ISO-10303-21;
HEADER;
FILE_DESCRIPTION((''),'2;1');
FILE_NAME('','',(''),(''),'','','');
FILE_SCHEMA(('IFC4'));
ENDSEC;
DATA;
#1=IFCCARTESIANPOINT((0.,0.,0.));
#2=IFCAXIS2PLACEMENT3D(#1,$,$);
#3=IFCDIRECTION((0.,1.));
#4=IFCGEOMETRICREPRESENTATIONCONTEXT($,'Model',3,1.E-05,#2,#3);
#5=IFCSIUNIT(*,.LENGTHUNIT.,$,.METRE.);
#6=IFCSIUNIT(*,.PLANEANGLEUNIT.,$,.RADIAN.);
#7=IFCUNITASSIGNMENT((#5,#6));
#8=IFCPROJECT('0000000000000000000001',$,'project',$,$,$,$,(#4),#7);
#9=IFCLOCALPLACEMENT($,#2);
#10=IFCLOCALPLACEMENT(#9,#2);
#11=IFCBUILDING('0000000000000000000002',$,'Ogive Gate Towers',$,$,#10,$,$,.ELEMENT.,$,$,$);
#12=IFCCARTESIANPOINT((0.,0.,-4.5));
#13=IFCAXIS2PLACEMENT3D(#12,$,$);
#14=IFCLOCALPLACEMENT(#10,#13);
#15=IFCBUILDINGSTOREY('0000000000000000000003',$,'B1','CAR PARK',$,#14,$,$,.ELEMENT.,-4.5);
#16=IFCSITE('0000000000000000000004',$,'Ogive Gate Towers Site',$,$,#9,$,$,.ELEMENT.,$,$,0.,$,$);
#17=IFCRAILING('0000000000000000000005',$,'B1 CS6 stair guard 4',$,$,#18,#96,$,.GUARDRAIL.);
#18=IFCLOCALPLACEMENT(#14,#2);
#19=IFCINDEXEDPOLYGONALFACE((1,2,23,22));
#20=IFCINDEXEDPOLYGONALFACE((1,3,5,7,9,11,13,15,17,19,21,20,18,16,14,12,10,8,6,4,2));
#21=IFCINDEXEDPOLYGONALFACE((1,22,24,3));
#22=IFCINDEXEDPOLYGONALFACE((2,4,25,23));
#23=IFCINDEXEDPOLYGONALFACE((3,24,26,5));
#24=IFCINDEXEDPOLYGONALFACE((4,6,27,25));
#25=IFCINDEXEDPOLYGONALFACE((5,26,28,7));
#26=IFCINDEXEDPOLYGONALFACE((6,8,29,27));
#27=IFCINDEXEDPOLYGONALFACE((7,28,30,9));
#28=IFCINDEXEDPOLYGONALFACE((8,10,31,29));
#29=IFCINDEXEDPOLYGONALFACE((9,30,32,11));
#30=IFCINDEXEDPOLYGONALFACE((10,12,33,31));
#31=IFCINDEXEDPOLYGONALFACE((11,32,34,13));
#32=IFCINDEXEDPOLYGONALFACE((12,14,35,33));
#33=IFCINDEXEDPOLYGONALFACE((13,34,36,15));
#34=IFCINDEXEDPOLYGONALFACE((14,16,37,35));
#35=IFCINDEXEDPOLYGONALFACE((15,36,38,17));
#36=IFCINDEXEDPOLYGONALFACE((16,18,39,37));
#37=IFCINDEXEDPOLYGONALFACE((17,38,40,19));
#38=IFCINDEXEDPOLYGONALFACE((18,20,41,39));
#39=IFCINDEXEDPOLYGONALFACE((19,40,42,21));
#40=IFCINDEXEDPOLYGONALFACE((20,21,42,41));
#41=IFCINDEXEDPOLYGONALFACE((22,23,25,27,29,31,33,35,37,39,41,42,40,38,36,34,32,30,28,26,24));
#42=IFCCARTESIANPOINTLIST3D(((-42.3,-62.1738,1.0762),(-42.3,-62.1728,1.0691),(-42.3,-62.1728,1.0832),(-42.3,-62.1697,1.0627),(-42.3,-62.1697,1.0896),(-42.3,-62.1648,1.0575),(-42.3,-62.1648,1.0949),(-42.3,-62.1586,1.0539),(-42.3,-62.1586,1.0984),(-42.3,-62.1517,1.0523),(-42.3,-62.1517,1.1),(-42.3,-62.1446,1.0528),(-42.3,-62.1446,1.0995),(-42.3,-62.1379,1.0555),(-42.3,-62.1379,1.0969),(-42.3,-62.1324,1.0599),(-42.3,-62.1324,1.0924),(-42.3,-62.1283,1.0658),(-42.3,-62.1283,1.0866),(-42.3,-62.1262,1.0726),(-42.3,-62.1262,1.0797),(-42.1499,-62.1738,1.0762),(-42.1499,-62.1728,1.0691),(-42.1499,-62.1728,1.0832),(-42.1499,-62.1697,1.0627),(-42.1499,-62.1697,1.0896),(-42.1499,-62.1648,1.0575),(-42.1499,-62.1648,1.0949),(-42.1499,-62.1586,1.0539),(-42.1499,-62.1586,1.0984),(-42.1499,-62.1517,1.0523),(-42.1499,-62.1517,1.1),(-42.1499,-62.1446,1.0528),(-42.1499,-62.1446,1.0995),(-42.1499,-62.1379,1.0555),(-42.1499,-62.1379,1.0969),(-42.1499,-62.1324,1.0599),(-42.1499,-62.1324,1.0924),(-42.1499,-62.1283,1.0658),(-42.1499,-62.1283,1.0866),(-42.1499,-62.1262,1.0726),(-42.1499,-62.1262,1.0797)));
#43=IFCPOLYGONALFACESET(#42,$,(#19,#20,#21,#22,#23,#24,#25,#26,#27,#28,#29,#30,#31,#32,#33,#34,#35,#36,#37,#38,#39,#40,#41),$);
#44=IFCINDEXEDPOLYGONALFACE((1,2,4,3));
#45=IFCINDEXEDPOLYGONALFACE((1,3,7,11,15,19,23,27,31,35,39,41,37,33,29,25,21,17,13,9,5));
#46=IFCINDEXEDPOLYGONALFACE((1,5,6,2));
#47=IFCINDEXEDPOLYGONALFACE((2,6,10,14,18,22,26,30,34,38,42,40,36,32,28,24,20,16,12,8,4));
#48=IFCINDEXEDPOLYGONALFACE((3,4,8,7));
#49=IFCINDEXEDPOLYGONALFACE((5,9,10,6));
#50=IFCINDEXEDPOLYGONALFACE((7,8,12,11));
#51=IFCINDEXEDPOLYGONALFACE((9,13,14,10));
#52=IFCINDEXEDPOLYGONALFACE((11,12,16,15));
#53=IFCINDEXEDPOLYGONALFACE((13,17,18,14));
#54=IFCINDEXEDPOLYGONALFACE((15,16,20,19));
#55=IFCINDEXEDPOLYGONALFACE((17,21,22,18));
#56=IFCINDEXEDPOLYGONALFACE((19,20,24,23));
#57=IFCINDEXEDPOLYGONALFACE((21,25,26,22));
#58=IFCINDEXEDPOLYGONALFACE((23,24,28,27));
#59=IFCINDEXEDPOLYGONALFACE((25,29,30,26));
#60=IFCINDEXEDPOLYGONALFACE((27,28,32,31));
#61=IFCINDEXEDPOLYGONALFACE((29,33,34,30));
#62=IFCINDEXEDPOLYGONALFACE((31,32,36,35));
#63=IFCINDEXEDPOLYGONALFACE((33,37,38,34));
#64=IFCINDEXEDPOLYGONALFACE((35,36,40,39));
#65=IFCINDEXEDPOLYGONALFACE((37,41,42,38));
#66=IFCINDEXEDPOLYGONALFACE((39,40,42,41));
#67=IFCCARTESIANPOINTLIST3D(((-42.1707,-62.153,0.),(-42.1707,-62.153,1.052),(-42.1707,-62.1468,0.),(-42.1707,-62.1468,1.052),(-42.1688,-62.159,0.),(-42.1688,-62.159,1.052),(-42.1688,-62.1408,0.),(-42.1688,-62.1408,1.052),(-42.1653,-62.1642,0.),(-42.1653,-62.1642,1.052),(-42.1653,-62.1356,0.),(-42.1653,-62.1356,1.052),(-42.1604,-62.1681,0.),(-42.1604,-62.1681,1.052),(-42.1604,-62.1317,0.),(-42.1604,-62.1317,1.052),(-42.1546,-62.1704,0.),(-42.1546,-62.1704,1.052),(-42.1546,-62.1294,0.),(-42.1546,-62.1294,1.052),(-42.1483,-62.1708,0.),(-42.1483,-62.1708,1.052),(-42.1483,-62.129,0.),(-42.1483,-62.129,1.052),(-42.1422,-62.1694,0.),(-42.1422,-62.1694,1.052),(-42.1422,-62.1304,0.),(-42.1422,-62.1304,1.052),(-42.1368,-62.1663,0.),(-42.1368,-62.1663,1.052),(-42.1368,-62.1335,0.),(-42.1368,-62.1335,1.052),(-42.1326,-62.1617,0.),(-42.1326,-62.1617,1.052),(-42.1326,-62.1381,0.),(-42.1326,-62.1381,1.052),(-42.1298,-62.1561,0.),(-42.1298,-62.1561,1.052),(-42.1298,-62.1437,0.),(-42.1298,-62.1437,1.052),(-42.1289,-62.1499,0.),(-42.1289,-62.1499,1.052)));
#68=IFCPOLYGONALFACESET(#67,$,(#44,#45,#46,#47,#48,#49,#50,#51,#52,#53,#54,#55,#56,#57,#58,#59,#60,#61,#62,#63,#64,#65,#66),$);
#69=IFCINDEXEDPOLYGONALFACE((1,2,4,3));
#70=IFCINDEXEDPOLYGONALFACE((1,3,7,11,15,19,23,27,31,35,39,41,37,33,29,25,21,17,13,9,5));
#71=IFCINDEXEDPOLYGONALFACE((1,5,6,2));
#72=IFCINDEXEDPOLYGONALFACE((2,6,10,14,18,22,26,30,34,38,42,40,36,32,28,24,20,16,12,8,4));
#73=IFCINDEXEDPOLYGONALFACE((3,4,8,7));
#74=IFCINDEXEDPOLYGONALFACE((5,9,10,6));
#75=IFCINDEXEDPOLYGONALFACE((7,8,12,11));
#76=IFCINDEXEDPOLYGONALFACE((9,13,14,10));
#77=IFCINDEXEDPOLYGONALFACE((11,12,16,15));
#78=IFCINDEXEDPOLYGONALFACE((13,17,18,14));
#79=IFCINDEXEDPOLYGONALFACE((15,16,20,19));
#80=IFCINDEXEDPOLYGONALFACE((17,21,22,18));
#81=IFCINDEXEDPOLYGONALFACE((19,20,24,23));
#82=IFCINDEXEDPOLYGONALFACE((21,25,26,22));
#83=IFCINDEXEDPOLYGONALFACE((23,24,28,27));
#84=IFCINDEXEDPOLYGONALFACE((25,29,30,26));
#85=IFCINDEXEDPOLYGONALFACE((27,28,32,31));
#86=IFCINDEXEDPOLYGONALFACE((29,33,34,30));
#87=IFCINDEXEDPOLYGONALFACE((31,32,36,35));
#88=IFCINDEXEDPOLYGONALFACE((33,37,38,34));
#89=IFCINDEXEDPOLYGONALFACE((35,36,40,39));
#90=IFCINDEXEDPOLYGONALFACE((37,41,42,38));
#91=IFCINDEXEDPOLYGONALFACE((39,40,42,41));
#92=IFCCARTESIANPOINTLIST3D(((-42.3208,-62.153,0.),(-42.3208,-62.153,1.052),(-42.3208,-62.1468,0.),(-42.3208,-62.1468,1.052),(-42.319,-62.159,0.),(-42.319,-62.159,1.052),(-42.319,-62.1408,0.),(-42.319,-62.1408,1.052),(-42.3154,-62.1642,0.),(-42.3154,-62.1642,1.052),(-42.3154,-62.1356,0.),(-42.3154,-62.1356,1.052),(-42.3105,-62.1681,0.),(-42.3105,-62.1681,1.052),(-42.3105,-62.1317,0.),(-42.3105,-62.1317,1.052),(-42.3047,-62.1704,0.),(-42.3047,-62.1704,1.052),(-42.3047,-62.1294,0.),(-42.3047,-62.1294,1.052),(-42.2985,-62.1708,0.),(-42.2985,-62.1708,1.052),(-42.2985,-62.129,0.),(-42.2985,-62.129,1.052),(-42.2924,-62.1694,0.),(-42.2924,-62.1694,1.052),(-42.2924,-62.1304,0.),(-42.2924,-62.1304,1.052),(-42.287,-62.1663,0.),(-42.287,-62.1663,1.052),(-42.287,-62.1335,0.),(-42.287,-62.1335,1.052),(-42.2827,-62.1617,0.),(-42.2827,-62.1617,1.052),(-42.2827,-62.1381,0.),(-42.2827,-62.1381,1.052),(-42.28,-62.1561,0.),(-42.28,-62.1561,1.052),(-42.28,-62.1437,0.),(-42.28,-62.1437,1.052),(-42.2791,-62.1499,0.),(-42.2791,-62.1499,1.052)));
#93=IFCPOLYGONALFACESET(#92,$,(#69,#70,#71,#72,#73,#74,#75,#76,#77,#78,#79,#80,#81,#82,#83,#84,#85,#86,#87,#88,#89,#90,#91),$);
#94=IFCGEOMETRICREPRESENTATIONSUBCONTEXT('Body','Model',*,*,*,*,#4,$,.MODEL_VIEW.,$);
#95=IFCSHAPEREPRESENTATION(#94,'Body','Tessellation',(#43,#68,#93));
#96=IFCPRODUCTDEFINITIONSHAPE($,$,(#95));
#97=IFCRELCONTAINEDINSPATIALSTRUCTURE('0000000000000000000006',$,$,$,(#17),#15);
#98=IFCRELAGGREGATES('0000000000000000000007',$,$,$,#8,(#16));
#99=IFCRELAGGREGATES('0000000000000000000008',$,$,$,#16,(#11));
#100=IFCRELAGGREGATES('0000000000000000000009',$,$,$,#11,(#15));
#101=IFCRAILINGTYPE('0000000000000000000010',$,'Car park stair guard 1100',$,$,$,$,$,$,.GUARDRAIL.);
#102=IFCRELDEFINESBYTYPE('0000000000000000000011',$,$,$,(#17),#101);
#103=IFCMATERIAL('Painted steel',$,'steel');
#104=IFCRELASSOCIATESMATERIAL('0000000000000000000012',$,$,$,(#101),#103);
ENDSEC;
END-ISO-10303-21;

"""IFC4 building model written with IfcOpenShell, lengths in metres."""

from ifc_helpers import new_model, si_unit, direction, frame, origin, origin_2d, place, context, subcontext, project, spatial, circle, extrude, material, type_object, element, save


model = new_model("IFC4")

# Units and contexts
model_context = context("Model", 3, precision=1e-05, world=origin(), true_north=direction((0.0, 1.0)))
body_context = subcontext(model_context, "Body", "Model", "MODEL_VIEW")
ifc_project = project(units=[si_unit("LENGTHUNIT", "METRE"), si_unit("PLANEANGLEUNIT", "RADIAN")], contexts=[model_context])

# Site, building, storey
site_placement = place(None, origin())
site = spatial("IfcSite", under=ifc_project, at=site_placement, Name="Ogive Gate Towers Site", CompositionType="ELEMENT", RefElevation=0.0)
building_placement = place(site_placement, origin())
building = spatial("IfcBuilding", under=site, at=building_placement, Name="Ogive Gate Towers", CompositionType="ELEMENT")
storey_placement = place(building_placement, frame((0.0, 0.0, -4.5)))
storey = spatial("IfcBuildingStorey", under=building, at=storey_placement, Name="B1", Description="CAR PARK", CompositionType="ELEMENT", Elevation=-4.5)

# Railing
ifc_material_1 = material(Name="Painted steel", Category="steel")
railing_type_1 = type_object("IfcRailingType", Name="Car park stair guard 1100", PredefinedType="GUARDRAIL", material=ifc_material_1)
railing_1_placement = place(storey_placement, frame((-42.1499, -62.1499, 0.0)))
element("IfcRailing", 1, at=railing_1_placement, inside=storey, type_object=railing_type_1, Name="B1 CS6 stair guard 4", PredefinedType="GUARDRAIL", context=body_context, shape_type="SweptSolid", body=[
    extrude(circle(Radius=0.0239, at=origin_2d()), frame((0.0, 0.0, 1.0762), z_axis=(-1.0, 0.0, 0.0), x_axis=(0.0, -1.0, 0.0)), (0.0, 0.0, 1.0), 0.1501),
    extrude(circle(Radius=0.021, at=origin_2d()), origin(), (0.0, 0.0, 1.0), 1.052),
    extrude(circle(Radius=0.021, at=origin_2d()), frame((-0.1501, 0.0, 0.0)), (0.0, 0.0, 1.0), 1.052),
])

save(model, "model.ifc")
